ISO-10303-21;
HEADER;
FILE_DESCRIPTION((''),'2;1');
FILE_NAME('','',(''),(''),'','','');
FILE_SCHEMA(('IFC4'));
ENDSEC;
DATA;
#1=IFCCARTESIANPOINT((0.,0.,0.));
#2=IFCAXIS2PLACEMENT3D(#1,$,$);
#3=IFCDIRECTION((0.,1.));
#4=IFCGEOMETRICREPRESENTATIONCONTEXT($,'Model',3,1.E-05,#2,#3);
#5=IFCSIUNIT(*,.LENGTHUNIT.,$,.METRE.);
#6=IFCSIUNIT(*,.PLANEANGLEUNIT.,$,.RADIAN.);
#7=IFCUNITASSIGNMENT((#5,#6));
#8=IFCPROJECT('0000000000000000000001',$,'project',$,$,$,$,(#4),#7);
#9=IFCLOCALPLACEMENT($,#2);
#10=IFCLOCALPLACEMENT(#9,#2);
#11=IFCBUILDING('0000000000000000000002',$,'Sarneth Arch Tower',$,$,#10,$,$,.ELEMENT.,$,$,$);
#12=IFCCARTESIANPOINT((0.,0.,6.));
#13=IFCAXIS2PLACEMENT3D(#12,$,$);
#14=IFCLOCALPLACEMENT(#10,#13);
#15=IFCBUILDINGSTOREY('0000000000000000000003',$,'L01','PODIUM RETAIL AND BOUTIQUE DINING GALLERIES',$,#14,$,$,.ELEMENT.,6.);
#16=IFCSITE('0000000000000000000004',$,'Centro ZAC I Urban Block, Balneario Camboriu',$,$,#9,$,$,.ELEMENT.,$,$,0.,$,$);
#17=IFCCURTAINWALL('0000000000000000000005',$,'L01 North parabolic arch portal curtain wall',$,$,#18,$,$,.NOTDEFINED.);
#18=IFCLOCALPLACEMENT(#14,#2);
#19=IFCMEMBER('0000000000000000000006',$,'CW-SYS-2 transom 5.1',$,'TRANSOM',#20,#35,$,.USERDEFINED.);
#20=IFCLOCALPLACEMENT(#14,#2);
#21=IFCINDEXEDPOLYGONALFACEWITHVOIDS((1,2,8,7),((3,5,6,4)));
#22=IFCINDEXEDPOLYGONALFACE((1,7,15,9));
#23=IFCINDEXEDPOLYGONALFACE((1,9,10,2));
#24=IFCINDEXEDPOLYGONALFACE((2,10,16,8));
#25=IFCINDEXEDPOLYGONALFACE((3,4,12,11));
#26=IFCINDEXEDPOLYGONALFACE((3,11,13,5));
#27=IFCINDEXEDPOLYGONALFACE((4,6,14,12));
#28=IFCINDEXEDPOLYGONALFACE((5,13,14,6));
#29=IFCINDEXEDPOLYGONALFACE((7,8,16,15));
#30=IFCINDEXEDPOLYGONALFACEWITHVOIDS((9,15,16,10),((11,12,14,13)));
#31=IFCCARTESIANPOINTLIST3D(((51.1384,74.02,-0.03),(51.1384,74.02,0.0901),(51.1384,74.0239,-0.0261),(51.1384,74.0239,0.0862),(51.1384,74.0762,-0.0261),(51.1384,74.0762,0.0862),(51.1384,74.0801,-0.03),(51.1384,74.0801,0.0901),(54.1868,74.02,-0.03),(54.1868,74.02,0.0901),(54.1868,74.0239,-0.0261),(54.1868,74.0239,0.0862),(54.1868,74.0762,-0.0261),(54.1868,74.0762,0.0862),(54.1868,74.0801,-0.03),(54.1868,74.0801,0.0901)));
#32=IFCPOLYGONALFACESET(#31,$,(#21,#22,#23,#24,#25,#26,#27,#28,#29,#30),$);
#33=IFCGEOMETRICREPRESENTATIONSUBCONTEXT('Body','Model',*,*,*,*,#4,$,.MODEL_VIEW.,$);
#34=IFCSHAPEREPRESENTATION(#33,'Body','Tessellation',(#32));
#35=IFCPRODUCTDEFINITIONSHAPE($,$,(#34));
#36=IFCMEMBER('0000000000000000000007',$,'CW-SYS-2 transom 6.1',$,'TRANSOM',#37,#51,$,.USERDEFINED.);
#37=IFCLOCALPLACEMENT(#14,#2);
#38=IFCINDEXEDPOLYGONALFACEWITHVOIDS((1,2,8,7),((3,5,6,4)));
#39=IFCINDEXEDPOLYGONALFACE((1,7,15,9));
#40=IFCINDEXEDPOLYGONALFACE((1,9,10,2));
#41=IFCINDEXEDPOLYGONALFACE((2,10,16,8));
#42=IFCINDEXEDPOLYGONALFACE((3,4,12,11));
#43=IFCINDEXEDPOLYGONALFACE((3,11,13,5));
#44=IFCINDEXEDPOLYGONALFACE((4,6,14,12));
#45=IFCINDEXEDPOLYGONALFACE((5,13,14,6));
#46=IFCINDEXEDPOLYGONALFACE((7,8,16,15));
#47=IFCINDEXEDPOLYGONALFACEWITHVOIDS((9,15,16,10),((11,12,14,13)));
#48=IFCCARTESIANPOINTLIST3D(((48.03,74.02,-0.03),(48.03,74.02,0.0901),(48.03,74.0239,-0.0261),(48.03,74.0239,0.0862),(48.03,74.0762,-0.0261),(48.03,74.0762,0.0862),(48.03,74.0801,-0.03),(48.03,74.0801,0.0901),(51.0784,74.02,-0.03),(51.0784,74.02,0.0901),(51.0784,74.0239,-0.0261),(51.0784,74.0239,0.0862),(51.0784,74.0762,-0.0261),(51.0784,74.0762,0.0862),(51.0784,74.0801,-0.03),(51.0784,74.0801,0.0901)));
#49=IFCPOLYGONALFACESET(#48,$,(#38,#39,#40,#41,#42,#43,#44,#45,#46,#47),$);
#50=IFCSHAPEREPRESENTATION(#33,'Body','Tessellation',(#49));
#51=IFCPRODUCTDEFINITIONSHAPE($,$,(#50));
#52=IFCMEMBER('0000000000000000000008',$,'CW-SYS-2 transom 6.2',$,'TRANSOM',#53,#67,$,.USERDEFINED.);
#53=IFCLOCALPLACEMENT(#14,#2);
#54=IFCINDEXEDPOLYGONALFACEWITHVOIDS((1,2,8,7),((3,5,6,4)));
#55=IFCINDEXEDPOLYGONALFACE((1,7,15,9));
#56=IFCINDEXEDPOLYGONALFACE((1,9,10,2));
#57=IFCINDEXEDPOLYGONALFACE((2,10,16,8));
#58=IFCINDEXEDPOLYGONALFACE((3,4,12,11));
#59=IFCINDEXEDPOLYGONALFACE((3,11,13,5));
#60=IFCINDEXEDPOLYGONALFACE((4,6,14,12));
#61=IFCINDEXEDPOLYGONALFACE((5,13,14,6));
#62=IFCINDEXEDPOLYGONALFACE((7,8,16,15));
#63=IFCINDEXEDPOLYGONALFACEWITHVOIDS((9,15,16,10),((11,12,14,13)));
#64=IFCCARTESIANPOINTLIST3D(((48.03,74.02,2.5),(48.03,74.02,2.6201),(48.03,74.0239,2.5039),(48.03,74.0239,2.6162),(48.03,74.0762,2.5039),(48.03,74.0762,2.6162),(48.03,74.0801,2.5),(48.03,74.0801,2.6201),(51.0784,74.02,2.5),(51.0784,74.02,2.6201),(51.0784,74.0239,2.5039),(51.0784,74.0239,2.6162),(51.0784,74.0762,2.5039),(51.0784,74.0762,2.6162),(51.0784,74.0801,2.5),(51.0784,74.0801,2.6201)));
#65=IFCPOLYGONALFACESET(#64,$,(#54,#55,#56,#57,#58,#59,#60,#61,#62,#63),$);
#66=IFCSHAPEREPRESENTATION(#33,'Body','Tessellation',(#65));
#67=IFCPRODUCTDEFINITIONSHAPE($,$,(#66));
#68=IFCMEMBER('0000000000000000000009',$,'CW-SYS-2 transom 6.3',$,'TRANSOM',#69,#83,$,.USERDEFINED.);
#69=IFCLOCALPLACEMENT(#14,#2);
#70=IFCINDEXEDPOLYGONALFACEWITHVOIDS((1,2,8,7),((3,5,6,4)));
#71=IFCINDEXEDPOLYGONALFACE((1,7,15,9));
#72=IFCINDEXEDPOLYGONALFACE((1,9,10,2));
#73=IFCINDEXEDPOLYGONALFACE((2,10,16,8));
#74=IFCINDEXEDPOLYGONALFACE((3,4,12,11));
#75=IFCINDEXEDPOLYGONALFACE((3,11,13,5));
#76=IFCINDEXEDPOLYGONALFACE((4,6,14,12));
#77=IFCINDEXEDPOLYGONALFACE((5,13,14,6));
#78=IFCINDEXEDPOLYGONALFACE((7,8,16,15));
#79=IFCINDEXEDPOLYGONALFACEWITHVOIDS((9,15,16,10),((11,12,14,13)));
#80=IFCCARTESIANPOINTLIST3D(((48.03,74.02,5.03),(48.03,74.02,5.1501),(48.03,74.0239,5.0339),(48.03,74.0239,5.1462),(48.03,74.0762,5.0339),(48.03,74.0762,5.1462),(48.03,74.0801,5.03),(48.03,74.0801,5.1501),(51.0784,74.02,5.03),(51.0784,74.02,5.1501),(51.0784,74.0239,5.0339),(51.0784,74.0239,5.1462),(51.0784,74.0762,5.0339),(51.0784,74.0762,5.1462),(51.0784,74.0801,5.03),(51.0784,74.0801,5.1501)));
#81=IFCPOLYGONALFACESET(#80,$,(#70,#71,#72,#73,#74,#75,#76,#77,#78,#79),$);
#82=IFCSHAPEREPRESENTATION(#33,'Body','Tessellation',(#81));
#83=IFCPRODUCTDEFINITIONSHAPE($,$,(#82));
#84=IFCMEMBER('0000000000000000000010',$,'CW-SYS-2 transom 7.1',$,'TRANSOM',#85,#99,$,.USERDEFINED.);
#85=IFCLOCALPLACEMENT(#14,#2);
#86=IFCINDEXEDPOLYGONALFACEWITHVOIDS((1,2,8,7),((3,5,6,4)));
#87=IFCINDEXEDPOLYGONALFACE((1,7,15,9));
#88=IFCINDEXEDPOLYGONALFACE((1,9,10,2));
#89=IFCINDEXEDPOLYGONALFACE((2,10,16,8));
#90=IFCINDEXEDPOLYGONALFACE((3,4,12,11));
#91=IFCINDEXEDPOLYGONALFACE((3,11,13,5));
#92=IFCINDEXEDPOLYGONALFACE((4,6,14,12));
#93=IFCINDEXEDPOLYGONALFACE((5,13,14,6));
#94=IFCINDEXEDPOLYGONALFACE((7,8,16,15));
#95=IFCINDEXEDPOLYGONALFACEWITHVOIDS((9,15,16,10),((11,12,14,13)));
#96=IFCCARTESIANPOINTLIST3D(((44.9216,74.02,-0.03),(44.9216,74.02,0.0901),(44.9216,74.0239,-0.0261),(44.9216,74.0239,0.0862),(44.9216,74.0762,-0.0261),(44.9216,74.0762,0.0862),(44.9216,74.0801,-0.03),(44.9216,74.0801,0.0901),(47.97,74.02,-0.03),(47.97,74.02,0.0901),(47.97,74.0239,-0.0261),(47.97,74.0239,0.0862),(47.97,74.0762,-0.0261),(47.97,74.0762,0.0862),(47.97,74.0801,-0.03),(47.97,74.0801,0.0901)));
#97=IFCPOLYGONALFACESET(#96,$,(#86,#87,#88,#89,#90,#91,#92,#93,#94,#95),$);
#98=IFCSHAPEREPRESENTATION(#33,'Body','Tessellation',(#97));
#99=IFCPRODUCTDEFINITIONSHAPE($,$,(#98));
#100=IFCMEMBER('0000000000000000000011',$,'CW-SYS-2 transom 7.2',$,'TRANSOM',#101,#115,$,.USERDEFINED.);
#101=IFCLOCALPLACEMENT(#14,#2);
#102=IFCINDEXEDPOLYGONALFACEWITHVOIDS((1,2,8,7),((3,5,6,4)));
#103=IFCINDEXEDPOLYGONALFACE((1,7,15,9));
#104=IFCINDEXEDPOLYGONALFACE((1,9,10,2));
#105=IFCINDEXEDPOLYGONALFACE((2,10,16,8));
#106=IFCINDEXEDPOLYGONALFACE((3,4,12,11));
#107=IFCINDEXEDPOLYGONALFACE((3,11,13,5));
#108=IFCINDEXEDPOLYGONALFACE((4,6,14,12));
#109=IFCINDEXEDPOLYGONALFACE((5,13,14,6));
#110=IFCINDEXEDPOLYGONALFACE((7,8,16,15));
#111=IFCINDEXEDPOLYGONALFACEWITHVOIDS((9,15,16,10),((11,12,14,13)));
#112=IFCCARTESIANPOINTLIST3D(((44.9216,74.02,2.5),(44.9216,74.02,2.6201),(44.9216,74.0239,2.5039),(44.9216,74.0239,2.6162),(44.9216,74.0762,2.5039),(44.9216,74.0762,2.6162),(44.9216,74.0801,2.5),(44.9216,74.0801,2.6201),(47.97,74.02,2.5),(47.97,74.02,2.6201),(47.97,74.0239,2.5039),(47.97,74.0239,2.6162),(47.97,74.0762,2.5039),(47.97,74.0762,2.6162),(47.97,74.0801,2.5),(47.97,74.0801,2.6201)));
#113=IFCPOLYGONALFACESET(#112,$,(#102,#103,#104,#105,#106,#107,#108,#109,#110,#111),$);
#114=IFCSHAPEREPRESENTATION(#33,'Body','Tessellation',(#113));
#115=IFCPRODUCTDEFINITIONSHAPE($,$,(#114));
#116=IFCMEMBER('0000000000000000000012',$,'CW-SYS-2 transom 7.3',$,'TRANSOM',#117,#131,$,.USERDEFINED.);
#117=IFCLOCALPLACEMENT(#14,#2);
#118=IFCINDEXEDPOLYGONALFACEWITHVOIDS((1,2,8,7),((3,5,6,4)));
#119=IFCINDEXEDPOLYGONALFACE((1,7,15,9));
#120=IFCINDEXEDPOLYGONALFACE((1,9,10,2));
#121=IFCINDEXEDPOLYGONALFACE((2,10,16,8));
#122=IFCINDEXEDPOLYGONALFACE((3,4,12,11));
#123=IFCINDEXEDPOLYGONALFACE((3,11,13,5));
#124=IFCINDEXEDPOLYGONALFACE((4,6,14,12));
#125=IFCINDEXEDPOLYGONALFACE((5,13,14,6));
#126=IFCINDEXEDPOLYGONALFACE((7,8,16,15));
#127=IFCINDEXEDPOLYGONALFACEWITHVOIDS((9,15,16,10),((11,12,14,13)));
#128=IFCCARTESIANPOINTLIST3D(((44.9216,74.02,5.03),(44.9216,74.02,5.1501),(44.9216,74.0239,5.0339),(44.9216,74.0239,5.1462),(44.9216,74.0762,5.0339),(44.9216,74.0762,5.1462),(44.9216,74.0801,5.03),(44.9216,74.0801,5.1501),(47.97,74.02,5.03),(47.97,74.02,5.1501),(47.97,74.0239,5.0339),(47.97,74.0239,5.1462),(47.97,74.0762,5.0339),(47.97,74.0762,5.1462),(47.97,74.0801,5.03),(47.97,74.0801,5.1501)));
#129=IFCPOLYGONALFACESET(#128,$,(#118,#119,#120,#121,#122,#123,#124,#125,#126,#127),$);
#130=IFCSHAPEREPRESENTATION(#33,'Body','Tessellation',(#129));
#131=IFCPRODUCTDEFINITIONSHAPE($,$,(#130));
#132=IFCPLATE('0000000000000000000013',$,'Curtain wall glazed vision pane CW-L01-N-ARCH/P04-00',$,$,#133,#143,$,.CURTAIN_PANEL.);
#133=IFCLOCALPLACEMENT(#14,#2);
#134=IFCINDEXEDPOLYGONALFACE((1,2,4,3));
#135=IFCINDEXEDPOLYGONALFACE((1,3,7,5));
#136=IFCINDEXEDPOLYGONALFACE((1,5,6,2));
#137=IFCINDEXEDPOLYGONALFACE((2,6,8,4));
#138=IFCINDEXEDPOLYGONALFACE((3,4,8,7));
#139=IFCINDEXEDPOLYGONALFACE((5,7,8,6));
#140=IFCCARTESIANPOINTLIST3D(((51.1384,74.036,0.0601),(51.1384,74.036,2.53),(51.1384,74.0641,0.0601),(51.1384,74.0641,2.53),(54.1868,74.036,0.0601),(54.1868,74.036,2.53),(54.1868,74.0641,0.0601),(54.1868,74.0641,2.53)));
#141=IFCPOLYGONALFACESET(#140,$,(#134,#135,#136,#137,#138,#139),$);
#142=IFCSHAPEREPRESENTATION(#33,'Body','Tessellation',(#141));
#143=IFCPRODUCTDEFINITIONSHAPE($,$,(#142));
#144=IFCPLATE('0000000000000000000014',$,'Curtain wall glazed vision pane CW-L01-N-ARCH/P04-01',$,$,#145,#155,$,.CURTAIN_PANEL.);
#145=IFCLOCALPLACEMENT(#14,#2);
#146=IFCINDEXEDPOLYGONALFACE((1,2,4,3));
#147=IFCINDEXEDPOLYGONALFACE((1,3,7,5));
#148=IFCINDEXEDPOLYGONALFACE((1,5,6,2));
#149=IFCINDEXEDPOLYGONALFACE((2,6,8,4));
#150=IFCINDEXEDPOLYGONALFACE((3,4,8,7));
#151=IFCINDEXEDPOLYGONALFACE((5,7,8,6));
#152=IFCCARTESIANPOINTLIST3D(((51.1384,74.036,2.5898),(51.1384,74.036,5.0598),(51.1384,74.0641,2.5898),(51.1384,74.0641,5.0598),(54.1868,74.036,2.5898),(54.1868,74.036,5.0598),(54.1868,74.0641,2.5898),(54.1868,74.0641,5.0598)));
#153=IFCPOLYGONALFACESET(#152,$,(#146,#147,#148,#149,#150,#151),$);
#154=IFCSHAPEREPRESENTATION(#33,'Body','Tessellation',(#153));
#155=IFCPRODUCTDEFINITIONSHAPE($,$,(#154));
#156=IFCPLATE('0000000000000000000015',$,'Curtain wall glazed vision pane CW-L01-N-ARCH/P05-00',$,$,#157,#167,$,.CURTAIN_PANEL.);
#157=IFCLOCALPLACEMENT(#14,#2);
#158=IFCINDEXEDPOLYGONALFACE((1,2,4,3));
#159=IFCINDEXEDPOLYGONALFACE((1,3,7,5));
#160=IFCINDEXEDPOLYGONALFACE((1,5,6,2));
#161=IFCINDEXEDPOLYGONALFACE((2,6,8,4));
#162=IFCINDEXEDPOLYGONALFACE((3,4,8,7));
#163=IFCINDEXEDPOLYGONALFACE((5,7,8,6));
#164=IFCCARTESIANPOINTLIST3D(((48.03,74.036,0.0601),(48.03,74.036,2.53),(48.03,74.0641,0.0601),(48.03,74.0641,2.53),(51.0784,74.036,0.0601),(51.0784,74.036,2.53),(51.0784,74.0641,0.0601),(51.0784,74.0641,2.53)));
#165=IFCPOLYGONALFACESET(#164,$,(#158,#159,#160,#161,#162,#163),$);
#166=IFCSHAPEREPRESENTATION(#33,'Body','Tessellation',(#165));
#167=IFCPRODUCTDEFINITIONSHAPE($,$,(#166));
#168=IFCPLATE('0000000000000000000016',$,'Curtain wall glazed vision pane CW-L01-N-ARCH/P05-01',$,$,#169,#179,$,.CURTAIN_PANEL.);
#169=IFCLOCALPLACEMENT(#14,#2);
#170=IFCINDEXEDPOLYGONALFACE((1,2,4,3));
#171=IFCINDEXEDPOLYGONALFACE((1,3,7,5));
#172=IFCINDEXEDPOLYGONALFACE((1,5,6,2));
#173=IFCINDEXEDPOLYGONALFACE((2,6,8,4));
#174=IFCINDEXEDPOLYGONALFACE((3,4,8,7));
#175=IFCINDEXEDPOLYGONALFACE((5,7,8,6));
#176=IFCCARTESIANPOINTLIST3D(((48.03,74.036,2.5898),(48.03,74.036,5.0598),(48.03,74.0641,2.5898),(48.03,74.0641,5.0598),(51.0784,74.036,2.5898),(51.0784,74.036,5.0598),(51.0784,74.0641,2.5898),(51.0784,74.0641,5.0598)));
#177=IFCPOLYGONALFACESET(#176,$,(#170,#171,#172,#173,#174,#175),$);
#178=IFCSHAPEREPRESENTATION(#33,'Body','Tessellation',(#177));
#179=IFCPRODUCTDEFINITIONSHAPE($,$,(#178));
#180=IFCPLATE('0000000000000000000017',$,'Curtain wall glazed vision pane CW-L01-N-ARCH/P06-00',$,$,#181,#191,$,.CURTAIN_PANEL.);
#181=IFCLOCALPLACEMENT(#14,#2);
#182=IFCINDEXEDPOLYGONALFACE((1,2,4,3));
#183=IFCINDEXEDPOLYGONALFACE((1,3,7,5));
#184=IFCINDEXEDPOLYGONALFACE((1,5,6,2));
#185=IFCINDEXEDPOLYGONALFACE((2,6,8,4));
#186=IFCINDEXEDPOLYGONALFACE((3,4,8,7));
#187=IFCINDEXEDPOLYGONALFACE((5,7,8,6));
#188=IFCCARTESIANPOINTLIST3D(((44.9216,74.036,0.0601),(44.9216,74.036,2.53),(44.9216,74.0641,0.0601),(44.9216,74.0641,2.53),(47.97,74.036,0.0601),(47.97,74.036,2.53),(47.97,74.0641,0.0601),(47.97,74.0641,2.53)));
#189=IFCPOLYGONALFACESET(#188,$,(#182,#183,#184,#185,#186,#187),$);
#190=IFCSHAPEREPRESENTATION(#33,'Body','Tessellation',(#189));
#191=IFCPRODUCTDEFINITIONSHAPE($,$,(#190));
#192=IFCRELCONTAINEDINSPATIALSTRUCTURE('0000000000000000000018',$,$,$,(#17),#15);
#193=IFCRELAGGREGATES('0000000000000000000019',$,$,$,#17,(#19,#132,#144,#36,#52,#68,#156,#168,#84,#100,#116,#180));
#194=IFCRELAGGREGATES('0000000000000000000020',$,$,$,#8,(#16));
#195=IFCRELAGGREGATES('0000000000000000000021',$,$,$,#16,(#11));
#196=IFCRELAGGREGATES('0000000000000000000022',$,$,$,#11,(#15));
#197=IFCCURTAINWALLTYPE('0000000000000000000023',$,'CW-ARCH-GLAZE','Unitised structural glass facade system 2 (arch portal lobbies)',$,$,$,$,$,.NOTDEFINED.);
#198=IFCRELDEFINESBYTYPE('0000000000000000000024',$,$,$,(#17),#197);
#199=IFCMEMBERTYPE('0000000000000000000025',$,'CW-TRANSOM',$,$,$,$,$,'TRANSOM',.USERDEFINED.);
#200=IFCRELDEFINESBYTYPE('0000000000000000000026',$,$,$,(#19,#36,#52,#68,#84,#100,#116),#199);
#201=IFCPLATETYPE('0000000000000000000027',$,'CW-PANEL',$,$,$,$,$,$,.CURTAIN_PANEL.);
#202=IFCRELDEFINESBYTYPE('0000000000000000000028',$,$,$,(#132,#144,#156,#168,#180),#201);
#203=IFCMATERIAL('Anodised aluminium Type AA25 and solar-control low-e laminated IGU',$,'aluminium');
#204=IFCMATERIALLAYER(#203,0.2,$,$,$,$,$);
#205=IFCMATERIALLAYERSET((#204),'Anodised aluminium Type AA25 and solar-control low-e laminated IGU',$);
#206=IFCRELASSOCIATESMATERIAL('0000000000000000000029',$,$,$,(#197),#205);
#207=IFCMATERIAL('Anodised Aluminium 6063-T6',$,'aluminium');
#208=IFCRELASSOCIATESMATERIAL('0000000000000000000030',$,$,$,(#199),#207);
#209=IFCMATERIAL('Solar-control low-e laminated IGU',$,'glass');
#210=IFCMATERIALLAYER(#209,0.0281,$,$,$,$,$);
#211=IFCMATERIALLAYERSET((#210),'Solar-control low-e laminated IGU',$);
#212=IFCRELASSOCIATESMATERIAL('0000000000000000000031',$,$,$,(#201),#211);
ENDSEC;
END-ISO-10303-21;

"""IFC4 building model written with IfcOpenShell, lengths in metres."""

from ifc_helpers import new_model, si_unit, direction, frame, origin, origin_2d, place, context, subcontext, project, spatial, rectangle, hollow_rectangle, extrude, material, layer, layer_set, material_profile, profile_set, type_object, element, aggregate, save


model = new_model("IFC4")

# Units and contexts
model_context = context("Model", 3, precision=1e-05, world=origin(), true_north=direction((0.0, 1.0)))
body_context = subcontext(model_context, "Body", "Model", "MODEL_VIEW")
ifc_project = project(units=[si_unit("LENGTHUNIT", "METRE"), si_unit("PLANEANGLEUNIT", "RADIAN")], contexts=[model_context])

# Site, building, storey
site_placement = place(None, origin())
site = spatial("IfcSite", under=ifc_project, at=site_placement, Name="Centro ZAC I Urban Block, Balneario Camboriu", CompositionType="ELEMENT", RefElevation=0.0)
building_placement = place(site_placement, origin())
building = spatial("IfcBuilding", under=site, at=building_placement, Name="Sarneth Arch Tower", CompositionType="ELEMENT")
storey_placement = place(building_placement, frame((0.0, 0.0, 6.0)))
storey = spatial("IfcBuildingStorey", under=building, at=storey_placement, Name="L01", Description="PODIUM RETAIL AND BOUTIQUE DINING GALLERIES", CompositionType="ELEMENT", Elevation=6.0)

# Curtain wall, members, plates
ifc_material_1 = material(Name="Anodised aluminium Type AA25 and solar-control low-e laminated IGU", Category="aluminium")
ifc_layer_1 = layer(ifc_material_1, 0.2)
ifc_layer_set_1 = layer_set([ifc_layer_1], Name="Anodised aluminium Type AA25 and solar-control low-e laminated IGU")
curtain_wall_type = type_object("IfcCurtainWallType", Name="CW-ARCH-GLAZE", Description="Unitised structural glass facade system 2 (arch portal lobbies)", PredefinedType="NOTDEFINED", material=ifc_layer_set_1)
curtain_wall_placement = place(storey_placement, origin())
curtain_wall = element("IfcCurtainWall", 1, at=curtain_wall_placement, inside=storey, type_object=curtain_wall_type, Name="L01 North parabolic arch portal curtain wall", PredefinedType="NOTDEFINED")
ifc_material_2 = material(Name="Anodised Aluminium 6063-T6", Category="aluminium")
ifc_material_profile_1 = material_profile(ifc_material_2, hollow_rectangle(XDim=0.0601, YDim=0.1201, WallThickness=0.0039, at=origin_2d()), Name="AL-TRAN-120x60x4")
ifc_profile_set_1 = profile_set([ifc_material_profile_1], Name="Anodised Aluminium 6063-T6")
member_type_1 = type_object("IfcMemberType", Name="CW-TRANSOM", ElementType="TRANSOM", PredefinedType="USERDEFINED", material=ifc_profile_set_1)
member_1_placement = place(storey_placement, frame((54.1868, 74.05, 0.03), z_axis=(-1.0, 0.0, 0.0), x_axis=(0.0, -1.0, 0.0)))
member_1 = element("IfcMember", 2, at=member_1_placement, type_object=member_type_1, Name="CW-SYS-2 transom 5.1", ObjectType="TRANSOM", PredefinedType="USERDEFINED", context=body_context, shape_type="SweptSolid", body=[
    extrude(hollow_rectangle(XDim=0.0601, YDim=0.1201, WallThickness=0.0039, at=origin_2d()), origin(), (0.0, 0.0, 1.0), 3.0483),
])
member_2_placement = place(storey_placement, frame((51.0784, 74.05, 0.03), z_axis=(-1.0, 0.0, 0.0), x_axis=(0.0, -1.0, 0.0)))
member_2 = element("IfcMember", 3, at=member_2_placement, type_object=member_type_1, Name="CW-SYS-2 transom 6.1", ObjectType="TRANSOM", PredefinedType="USERDEFINED", context=body_context, shape_type="SweptSolid", body=[
    extrude(hollow_rectangle(XDim=0.0601, YDim=0.1201, WallThickness=0.0039, at=origin_2d()), origin(), (0.0, 0.0, 1.0), 3.0483),
])
member_3_placement = place(storey_placement, frame((51.0784, 74.05, 2.5601), z_axis=(-1.0, 0.0, 0.0), x_axis=(0.0, -1.0, 0.0)))
member_3 = element("IfcMember", 4, at=member_3_placement, type_object=member_type_1, Name="CW-SYS-2 transom 6.2", ObjectType="TRANSOM", PredefinedType="USERDEFINED", context=body_context, shape_type="SweptSolid", body=[
    extrude(hollow_rectangle(XDim=0.0601, YDim=0.1201, WallThickness=0.0039, at=origin_2d()), origin(), (0.0, 0.0, 1.0), 3.0483),
])
member_4_placement = place(storey_placement, frame((51.0784, 74.05, 5.0901), z_axis=(-1.0, 0.0, 0.0), x_axis=(0.0, -1.0, 0.0)))
member_4 = element("IfcMember", 5, at=member_4_placement, type_object=member_type_1, Name="CW-SYS-2 transom 6.3", ObjectType="TRANSOM", PredefinedType="USERDEFINED", context=body_context, shape_type="SweptSolid", body=[
    extrude(hollow_rectangle(XDim=0.0601, YDim=0.1201, WallThickness=0.0039, at=origin_2d()), origin(), (0.0, 0.0, 1.0), 3.0483),
])
member_5_placement = place(storey_placement, frame((47.97, 74.05, 0.03), z_axis=(-1.0, 0.0, 0.0), x_axis=(0.0, -1.0, 0.0)))
member_5 = element("IfcMember", 6, at=member_5_placement, type_object=member_type_1, Name="CW-SYS-2 transom 7.1", ObjectType="TRANSOM", PredefinedType="USERDEFINED", context=body_context, shape_type="SweptSolid", body=[
    extrude(hollow_rectangle(XDim=0.0601, YDim=0.1201, WallThickness=0.0039, at=origin_2d()), origin(), (0.0, 0.0, 1.0), 3.0483),
])
member_6_placement = place(storey_placement, frame((47.97, 74.05, 2.5601), z_axis=(-1.0, 0.0, 0.0), x_axis=(0.0, -1.0, 0.0)))
member_6 = element("IfcMember", 7, at=member_6_placement, type_object=member_type_1, Name="CW-SYS-2 transom 7.2", ObjectType="TRANSOM", PredefinedType="USERDEFINED", context=body_context, shape_type="SweptSolid", body=[
    extrude(hollow_rectangle(XDim=0.0601, YDim=0.1201, WallThickness=0.0039, at=origin_2d()), origin(), (0.0, 0.0, 1.0), 3.0483),
])
member_7_placement = place(storey_placement, frame((47.97, 74.05, 5.0901), z_axis=(-1.0, 0.0, 0.0), x_axis=(0.0, -1.0, 0.0)))
member_7 = element("IfcMember", 8, at=member_7_placement, type_object=member_type_1, Name="CW-SYS-2 transom 7.3", ObjectType="TRANSOM", PredefinedType="USERDEFINED", context=body_context, shape_type="SweptSolid", body=[
    extrude(hollow_rectangle(XDim=0.0601, YDim=0.1201, WallThickness=0.0039, at=origin_2d()), origin(), (0.0, 0.0, 1.0), 3.0483),
])
ifc_material_3 = material(Name="Solar-control low-e laminated IGU", Category="glass")
ifc_layer_2 = layer(ifc_material_3, 0.0281)
ifc_layer_set_2 = layer_set([ifc_layer_2], Name="Solar-control low-e laminated IGU")
plate_type = type_object("IfcPlateType", Name="CW-PANEL", PredefinedType="CURTAIN_PANEL", material=ifc_layer_set_2)
plate_1_placement = place(storey_placement, frame((52.6626, 74.05, 0.0601), z_axis=(0.0, 0.0, 1.0), x_axis=(-1.0, 0.0, 0.0)))
plate_1 = element("IfcPlate", 9, at=plate_1_placement, type_object=plate_type, Name="Curtain wall glazed vision pane CW-L01-N-ARCH/P04-00", PredefinedType="CURTAIN_PANEL", context=body_context, shape_type="SweptSolid", body=[
    extrude(rectangle(XDim=3.0483, YDim=0.0281, at=origin_2d()), origin(), (0.0, 0.0, 1.0), 2.47),
])
plate_2_placement = place(storey_placement, frame((52.6626, 74.05, 2.5898), z_axis=(0.0, 0.0, 1.0), x_axis=(-1.0, 0.0, 0.0)))
plate_2 = element("IfcPlate", 10, at=plate_2_placement, type_object=plate_type, Name="Curtain wall glazed vision pane CW-L01-N-ARCH/P04-01", PredefinedType="CURTAIN_PANEL", context=body_context, shape_type="SweptSolid", body=[
    extrude(rectangle(XDim=3.0483, YDim=0.0281, at=origin_2d()), origin(), (0.0, 0.0, 1.0), 2.47),
])
plate_3_placement = place(storey_placement, frame((49.5542, 74.05, 0.0601), z_axis=(0.0, 0.0, 1.0), x_axis=(-1.0, 0.0, 0.0)))
plate_3 = element("IfcPlate", 11, at=plate_3_placement, type_object=plate_type, Name="Curtain wall glazed vision pane CW-L01-N-ARCH/P05-00", PredefinedType="CURTAIN_PANEL", context=body_context, shape_type="SweptSolid", body=[
    extrude(rectangle(XDim=3.0483, YDim=0.0281, at=origin_2d()), origin(), (0.0, 0.0, 1.0), 2.47),
])
plate_4_placement = place(storey_placement, frame((49.5542, 74.05, 2.5898), z_axis=(0.0, 0.0, 1.0), x_axis=(-1.0, 0.0, 0.0)))
plate_4 = element("IfcPlate", 12, at=plate_4_placement, type_object=plate_type, Name="Curtain wall glazed vision pane CW-L01-N-ARCH/P05-01", PredefinedType="CURTAIN_PANEL", context=body_context, shape_type="SweptSolid", body=[
    extrude(rectangle(XDim=3.0483, YDim=0.0281, at=origin_2d()), origin(), (0.0, 0.0, 1.0), 2.47),
])
plate_5_placement = place(storey_placement, frame((46.4458, 74.05, 0.0601), z_axis=(0.0, 0.0, 1.0), x_axis=(-1.0, 0.0, 0.0)))
plate_5 = element("IfcPlate", 13, at=plate_5_placement, type_object=plate_type, Name="Curtain wall glazed vision pane CW-L01-N-ARCH/P06-00", PredefinedType="CURTAIN_PANEL", context=body_context, shape_type="SweptSolid", body=[
    extrude(rectangle(XDim=3.0483, YDim=0.0281, at=origin_2d()), origin(), (0.0, 0.0, 1.0), 2.47),
])
aggregate(curtain_wall, [member_1, plate_1, plate_2, member_2, member_3, member_4, plate_3, plate_4, member_5, member_6, member_7, plate_5])

save(model, "model.ifc")
